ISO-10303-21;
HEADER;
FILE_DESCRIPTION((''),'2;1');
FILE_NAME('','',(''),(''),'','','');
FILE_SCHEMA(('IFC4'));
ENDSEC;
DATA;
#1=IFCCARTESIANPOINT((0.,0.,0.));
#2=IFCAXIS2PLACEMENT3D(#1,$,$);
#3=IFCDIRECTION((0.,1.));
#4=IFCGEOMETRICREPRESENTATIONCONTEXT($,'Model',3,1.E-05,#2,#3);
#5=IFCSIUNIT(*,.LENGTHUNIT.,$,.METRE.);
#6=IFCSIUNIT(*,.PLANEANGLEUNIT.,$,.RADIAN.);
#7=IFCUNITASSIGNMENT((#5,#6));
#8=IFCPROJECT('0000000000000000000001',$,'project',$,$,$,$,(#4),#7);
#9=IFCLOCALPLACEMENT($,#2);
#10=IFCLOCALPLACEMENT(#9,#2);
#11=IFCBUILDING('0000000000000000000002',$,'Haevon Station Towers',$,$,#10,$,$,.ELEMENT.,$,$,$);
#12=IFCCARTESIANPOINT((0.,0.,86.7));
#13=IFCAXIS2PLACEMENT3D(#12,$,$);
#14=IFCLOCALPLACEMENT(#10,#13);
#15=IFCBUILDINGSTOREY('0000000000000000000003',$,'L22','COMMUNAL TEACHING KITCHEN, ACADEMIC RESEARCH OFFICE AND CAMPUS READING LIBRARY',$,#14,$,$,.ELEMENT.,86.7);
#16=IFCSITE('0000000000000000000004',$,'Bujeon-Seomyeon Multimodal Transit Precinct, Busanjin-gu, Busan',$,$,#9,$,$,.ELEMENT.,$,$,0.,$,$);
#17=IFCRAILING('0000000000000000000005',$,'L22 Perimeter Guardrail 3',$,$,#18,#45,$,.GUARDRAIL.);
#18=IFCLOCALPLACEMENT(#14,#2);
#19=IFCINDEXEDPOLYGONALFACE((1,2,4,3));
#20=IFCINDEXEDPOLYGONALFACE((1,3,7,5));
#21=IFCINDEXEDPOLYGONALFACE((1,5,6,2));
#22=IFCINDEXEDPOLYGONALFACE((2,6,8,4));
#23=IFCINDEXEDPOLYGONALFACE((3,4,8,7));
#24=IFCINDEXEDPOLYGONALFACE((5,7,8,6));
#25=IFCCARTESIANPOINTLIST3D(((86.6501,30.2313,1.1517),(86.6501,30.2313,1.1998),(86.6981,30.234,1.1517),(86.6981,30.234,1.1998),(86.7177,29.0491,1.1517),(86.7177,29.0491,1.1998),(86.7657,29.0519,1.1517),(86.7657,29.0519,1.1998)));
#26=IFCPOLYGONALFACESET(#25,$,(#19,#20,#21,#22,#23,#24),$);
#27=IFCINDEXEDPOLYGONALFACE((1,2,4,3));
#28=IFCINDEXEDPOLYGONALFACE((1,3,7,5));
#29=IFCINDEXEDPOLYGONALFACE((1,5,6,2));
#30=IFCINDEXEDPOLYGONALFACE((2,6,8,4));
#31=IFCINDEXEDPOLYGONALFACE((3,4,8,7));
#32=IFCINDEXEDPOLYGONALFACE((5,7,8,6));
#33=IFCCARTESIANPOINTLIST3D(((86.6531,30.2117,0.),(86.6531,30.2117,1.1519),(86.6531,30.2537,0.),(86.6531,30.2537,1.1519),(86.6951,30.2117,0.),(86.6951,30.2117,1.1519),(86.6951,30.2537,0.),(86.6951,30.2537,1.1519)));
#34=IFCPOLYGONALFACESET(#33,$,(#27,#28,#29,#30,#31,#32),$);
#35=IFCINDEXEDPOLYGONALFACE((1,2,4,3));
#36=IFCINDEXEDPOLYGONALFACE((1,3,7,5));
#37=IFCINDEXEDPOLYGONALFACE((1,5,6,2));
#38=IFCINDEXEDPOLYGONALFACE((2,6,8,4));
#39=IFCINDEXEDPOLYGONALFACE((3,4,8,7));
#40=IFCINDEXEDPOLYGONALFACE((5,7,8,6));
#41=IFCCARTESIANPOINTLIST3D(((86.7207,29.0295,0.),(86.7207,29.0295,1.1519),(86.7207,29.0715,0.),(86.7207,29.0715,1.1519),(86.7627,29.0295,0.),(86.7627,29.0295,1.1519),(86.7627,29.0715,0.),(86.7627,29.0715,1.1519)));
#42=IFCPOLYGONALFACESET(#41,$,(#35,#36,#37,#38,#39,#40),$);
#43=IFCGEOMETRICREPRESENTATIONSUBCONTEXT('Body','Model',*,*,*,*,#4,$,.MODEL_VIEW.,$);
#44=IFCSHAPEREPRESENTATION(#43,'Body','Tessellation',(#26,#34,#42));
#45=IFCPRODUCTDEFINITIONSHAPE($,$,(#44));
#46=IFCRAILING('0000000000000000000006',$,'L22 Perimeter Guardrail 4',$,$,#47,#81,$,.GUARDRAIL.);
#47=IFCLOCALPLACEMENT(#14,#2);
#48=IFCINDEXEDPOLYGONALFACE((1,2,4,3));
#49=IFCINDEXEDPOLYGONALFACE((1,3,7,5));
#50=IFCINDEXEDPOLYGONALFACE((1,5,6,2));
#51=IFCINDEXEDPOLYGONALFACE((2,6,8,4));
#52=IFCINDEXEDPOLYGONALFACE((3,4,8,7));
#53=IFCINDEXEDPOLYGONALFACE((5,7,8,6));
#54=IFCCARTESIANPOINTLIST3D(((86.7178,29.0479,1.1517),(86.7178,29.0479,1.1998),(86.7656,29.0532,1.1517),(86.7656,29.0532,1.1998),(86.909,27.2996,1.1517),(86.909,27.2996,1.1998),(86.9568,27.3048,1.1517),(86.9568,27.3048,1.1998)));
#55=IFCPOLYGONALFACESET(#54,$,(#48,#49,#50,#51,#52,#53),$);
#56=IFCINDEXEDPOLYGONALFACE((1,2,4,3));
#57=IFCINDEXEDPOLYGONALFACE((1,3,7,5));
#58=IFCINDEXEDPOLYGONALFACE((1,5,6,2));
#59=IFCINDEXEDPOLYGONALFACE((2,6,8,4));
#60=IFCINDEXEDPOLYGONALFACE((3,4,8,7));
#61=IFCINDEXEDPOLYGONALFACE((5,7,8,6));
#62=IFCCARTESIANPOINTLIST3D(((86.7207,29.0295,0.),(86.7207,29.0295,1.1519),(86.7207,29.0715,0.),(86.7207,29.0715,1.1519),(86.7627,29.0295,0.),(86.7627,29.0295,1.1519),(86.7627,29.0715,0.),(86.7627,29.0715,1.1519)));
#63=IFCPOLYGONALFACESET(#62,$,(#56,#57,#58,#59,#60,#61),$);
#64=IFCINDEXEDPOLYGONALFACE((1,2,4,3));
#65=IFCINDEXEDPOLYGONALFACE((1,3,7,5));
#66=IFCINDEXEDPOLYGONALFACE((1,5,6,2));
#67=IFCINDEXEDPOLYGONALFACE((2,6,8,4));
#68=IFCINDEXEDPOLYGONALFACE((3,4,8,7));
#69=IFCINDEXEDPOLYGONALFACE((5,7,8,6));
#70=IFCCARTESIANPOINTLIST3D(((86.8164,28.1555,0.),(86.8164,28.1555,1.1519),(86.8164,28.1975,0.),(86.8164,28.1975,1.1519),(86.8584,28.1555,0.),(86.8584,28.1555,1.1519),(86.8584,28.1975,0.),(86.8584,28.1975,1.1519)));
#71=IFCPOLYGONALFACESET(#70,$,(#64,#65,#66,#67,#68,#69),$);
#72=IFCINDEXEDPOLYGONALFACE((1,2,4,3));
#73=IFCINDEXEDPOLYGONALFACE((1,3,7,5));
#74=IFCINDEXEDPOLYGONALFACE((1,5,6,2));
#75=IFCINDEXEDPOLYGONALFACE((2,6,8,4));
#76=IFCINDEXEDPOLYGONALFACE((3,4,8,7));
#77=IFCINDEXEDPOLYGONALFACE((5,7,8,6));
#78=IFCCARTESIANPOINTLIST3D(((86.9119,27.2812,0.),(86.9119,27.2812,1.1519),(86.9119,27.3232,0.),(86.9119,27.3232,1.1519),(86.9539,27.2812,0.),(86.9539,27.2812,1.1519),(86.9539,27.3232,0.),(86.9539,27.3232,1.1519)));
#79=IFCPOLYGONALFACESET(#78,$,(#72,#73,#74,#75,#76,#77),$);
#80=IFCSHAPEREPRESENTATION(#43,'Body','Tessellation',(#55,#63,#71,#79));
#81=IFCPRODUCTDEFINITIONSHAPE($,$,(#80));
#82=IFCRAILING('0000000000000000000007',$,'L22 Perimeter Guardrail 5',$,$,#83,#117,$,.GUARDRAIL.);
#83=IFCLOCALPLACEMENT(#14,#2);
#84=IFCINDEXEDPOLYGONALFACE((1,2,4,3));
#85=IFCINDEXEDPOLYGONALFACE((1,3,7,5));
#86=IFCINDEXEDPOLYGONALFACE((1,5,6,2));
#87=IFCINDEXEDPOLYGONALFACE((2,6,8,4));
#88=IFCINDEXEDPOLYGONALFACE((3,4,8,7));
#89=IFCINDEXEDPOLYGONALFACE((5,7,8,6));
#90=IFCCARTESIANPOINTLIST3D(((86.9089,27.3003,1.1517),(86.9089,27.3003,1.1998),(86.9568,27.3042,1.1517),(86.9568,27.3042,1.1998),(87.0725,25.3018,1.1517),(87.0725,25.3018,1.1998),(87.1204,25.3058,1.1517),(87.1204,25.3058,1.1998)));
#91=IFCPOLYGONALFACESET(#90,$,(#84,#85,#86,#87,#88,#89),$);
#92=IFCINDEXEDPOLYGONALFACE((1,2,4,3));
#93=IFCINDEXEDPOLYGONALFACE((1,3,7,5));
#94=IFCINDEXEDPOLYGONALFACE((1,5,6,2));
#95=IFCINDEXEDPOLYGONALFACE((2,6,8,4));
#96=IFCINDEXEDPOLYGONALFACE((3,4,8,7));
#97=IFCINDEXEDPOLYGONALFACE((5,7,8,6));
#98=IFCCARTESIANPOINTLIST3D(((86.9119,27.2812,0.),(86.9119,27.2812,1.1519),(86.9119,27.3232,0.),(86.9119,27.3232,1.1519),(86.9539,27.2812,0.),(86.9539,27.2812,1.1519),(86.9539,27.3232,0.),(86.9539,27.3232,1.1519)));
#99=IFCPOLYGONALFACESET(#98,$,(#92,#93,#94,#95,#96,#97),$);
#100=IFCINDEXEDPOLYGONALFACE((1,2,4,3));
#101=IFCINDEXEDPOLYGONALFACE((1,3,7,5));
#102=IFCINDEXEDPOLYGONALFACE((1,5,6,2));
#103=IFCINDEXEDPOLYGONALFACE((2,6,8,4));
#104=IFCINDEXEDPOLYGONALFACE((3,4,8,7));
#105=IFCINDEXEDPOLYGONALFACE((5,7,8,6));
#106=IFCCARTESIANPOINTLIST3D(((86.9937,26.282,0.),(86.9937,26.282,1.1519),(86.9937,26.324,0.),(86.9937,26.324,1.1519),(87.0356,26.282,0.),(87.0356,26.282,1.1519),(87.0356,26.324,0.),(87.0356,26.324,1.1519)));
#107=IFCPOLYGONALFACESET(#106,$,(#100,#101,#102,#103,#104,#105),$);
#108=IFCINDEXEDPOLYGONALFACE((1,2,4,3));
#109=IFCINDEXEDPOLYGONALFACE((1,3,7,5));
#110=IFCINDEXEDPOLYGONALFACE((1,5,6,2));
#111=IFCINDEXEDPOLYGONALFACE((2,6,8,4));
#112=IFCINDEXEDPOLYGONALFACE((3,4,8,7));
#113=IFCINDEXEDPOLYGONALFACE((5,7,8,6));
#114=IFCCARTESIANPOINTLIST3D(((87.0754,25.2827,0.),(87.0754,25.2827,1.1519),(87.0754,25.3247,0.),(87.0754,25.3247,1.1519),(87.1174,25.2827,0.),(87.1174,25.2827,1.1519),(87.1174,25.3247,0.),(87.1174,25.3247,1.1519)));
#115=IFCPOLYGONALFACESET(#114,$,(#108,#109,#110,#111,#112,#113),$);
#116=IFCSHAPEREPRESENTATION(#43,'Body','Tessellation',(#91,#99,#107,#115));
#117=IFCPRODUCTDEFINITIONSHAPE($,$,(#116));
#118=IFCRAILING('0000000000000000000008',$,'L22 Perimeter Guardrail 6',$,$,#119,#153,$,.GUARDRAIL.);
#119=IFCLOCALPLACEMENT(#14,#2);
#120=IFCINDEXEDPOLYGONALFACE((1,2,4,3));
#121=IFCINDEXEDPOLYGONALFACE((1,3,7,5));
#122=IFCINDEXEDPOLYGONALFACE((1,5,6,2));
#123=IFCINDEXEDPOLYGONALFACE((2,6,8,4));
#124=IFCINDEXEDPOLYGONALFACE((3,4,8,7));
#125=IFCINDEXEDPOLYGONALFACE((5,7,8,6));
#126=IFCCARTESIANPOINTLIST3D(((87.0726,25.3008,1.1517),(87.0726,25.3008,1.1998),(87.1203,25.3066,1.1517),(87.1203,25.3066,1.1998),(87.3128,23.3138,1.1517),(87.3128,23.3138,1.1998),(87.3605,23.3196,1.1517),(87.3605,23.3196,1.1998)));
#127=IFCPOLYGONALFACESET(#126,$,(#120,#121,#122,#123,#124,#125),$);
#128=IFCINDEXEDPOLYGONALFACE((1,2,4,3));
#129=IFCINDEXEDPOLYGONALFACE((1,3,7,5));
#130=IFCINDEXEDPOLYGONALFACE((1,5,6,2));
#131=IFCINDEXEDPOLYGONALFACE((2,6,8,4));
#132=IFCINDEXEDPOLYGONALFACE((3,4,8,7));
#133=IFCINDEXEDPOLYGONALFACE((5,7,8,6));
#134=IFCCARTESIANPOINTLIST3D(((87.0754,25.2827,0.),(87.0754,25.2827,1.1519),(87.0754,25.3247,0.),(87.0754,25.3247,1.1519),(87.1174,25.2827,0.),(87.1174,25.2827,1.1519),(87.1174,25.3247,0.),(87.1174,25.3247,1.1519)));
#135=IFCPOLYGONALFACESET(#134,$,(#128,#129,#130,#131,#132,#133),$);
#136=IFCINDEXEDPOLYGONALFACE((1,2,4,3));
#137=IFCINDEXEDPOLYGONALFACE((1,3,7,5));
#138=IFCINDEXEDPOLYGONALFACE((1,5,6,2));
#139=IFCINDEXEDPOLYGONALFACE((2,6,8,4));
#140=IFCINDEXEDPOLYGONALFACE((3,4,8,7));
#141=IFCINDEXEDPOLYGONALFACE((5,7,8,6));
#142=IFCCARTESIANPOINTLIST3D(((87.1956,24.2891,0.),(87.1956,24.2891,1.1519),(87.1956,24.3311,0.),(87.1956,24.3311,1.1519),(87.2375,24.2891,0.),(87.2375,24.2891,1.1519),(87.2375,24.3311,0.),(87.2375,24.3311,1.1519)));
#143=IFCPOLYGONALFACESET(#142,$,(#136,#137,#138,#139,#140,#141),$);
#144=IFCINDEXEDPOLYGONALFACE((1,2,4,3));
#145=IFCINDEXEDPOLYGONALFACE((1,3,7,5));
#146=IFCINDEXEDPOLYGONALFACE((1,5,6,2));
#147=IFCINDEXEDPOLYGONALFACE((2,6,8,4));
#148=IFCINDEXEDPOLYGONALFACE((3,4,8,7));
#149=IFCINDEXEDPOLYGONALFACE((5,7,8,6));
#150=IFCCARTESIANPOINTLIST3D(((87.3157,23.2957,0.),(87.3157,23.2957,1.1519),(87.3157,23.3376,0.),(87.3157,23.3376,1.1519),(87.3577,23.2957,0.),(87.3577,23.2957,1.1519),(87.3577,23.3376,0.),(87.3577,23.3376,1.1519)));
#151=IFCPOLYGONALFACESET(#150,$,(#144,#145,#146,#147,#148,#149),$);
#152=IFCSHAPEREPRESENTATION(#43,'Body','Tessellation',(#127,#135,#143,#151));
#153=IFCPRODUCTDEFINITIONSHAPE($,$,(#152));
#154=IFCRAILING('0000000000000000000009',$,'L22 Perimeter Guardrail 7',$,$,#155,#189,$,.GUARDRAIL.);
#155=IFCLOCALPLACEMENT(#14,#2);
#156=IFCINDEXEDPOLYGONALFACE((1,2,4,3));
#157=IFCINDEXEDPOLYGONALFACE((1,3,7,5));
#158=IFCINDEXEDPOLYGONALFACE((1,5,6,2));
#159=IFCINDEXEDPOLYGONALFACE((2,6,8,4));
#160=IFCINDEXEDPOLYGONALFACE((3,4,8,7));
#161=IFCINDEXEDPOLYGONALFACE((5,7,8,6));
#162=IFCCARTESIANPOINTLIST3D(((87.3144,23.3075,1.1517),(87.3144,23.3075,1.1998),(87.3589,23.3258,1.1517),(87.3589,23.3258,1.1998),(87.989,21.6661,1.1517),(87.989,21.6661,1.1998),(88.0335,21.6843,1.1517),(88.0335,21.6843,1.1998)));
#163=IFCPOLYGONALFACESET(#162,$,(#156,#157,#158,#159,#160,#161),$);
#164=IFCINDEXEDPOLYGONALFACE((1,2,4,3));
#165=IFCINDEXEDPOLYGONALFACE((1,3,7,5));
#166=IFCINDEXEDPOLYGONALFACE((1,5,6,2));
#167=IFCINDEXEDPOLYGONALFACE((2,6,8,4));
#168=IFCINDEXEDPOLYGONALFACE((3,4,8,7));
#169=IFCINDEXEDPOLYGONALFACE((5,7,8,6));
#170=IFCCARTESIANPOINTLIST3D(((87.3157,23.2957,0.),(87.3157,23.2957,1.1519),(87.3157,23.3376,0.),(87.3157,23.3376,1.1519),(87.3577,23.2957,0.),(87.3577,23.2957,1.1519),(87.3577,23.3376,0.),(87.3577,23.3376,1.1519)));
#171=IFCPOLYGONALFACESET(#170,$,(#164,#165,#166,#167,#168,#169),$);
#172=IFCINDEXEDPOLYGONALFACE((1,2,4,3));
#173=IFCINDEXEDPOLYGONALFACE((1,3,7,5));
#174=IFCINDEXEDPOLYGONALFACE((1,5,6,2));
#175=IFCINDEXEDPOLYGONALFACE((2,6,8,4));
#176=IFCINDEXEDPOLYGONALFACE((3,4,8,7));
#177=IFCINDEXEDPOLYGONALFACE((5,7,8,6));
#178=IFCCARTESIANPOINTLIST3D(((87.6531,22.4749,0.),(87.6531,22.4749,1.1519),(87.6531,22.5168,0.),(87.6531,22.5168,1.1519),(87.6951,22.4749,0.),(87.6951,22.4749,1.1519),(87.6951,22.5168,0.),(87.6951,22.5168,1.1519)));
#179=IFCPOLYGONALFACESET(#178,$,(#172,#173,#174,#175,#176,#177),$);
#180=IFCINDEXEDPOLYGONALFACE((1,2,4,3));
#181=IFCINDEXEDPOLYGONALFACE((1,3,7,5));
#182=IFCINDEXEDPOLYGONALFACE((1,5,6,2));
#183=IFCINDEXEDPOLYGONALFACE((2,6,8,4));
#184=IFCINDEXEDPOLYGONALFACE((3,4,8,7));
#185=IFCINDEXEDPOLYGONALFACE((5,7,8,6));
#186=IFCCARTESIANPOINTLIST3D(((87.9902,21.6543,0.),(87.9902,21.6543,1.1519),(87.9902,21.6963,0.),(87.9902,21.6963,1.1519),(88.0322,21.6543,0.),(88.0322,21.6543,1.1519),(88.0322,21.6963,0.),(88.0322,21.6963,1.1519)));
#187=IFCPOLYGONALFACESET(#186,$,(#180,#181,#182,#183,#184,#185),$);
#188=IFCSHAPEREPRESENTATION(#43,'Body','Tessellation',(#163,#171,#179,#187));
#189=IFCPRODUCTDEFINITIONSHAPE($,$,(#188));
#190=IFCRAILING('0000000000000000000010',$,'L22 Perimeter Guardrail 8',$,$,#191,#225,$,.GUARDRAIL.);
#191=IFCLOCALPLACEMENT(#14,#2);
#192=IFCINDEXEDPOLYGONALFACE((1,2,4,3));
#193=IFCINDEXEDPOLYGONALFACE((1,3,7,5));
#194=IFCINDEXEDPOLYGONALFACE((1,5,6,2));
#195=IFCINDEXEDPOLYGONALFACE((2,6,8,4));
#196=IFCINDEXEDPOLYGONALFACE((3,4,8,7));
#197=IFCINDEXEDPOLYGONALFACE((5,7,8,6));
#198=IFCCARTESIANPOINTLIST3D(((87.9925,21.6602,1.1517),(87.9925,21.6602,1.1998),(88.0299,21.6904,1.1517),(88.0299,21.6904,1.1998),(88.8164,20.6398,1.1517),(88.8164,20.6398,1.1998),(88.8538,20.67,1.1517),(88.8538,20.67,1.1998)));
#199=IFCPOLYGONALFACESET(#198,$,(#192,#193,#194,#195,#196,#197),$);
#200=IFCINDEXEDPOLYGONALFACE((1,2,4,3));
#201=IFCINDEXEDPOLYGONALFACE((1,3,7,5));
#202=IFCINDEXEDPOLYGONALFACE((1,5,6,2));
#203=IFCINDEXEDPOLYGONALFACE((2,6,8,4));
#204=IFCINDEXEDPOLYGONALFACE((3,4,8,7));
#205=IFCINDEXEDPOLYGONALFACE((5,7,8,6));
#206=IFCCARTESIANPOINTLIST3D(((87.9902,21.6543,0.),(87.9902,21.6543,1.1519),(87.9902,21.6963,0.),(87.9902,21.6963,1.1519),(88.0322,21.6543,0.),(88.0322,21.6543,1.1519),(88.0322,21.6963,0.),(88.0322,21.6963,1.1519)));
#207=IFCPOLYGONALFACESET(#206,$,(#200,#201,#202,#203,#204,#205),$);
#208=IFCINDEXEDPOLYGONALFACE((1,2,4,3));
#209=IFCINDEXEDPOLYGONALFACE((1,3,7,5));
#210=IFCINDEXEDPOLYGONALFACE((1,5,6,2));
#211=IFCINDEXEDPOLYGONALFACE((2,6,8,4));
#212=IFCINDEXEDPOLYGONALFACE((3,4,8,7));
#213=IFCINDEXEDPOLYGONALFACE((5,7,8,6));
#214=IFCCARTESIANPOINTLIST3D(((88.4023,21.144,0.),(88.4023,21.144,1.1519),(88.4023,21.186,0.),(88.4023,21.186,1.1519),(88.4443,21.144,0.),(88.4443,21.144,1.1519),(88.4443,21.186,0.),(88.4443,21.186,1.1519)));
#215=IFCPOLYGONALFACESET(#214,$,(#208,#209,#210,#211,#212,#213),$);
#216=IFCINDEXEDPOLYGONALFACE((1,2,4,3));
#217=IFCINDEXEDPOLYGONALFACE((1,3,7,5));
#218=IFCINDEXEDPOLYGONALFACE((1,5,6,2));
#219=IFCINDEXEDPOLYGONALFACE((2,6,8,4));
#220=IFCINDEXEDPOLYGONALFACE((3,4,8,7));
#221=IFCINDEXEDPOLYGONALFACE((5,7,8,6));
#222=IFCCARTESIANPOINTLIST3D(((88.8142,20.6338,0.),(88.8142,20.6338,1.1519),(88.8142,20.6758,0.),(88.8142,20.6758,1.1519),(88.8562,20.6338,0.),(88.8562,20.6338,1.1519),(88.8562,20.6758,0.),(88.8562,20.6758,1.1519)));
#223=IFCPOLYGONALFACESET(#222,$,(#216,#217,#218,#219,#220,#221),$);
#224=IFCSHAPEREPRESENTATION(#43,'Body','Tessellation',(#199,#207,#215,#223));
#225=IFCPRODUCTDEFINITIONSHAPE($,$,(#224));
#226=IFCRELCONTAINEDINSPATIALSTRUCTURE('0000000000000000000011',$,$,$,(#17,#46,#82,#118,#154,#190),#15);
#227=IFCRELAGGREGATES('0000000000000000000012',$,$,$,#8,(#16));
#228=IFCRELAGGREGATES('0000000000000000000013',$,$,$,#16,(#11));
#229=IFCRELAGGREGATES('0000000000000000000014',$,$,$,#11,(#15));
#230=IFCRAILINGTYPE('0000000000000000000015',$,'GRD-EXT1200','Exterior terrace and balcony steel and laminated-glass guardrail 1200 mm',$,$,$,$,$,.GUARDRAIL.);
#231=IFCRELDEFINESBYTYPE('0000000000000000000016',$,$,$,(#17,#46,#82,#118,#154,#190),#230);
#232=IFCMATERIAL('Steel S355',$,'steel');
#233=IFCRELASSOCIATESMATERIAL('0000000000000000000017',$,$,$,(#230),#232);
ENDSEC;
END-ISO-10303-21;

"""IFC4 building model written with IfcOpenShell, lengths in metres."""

from ifc_helpers import new_model, si_unit, direction, frame, origin, origin_2d, place, context, subcontext, project, spatial, rectangle, extrude, material, type_object, element, save


model = new_model("IFC4")

# Units and contexts
model_context = context("Model", 3, precision=1e-05, world=origin(), true_north=direction((0.0, 1.0)))
body_context = subcontext(model_context, "Body", "Model", "MODEL_VIEW")
ifc_project = project(units=[si_unit("LENGTHUNIT", "METRE"), si_unit("PLANEANGLEUNIT", "RADIAN")], contexts=[model_context])

# Site, building, storey
site_placement = place(None, origin())
site = spatial("IfcSite", under=ifc_project, at=site_placement, Name="Bujeon-Seomyeon Multimodal Transit Precinct, Busanjin-gu, Busan", CompositionType="ELEMENT", RefElevation=0.0)
building_placement = place(site_placement, origin())
building = spatial("IfcBuilding", under=site, at=building_placement, Name="Haevon Station Towers", CompositionType="ELEMENT")
storey_placement = place(building_placement, frame((0.0, 0.0, 86.7)))
storey = spatial("IfcBuildingStorey", under=building, at=storey_placement, Name="L22", Description="COMMUNAL TEACHING KITCHEN, ACADEMIC RESEARCH OFFICE AND CAMPUS READING LIBRARY", CompositionType="ELEMENT", Elevation=86.7)

# Shared definitions
ifc_material_1 = material(Name="Steel S355", Category="steel")

# Railings
railing_type = type_object("IfcRailingType", Name="GRD-EXT1200", Description="Exterior terrace and balcony steel and laminated-glass guardrail 1200 mm", PredefinedType="GUARDRAIL", material=ifc_material_1)
railing_1_placement = place(storey_placement, frame((86.6741, 30.2327, 0.0)))
element("IfcRailing", 1, at=railing_1_placement, inside=storey, type_object=railing_type, Name="L22 Perimeter Guardrail 3", PredefinedType="GUARDRAIL", context=body_context, shape_type="SweptSolid", body=[
    extrude(rectangle(XDim=0.0481, YDim=0.0481, at=origin_2d()), frame((0.0, 0.0, 1.1758), z_axis=(0.057114, -0.998368, 0.0), x_axis=(0.998368, 0.057114, 0.0)), (0.0, 0.0, 1.0), 1.1841),
    extrude(rectangle(XDim=0.042, YDim=0.042, at=origin_2d()), origin(), (0.0, 0.0, 1.0), 1.1519),
    extrude(rectangle(XDim=0.042, YDim=0.042, at=origin_2d()), frame((0.0676, -1.1821, 0.0)), (0.0, 0.0, 1.0), 1.1519),
])
railing_2_placement = place(storey_placement, frame((86.7417, 29.0505, 0.0)))
element("IfcRailing", 2, at=railing_2_placement, inside=storey, type_object=railing_type, Name="L22 Perimeter Guardrail 4", PredefinedType="GUARDRAIL", context=body_context, shape_type="SweptSolid", body=[
    extrude(rectangle(XDim=0.0481, YDim=0.0481, at=origin_2d()), frame((0.0, 0.0, 1.1758), z_axis=(0.108694, -0.994075, 0.0), x_axis=(0.994075, 0.108694, 0.0)), (0.0, 0.0, 1.0), 1.7588),
    extrude(rectangle(XDim=0.042, YDim=0.042, at=origin_2d()), origin(), (0.0, 0.0, 1.0), 1.1519),
    extrude(rectangle(XDim=0.042, YDim=0.042, at=origin_2d()), frame((0.0957, -0.874, 0.0)), (0.0, 0.0, 1.0), 1.1519),
    extrude(rectangle(XDim=0.042, YDim=0.042, at=origin_2d()), frame((0.1912, -1.7483, 0.0)), (0.0, 0.0, 1.0), 1.1519),
])
railing_3_placement = place(storey_placement, frame((86.9329, 27.3022, 0.0)))
element("IfcRailing", 3, at=railing_3_placement, inside=storey, type_object=railing_type, Name="L22 Perimeter Guardrail 5", PredefinedType="GUARDRAIL", context=body_context, shape_type="SweptSolid", body=[
    extrude(rectangle(XDim=0.0481, YDim=0.0481, at=origin_2d()), frame((0.0, 0.0, 1.1758), z_axis=(0.081574, -0.996667, 0.0), x_axis=(0.996667, 0.081574, 0.0)), (0.0, 0.0, 1.0), 2.0051),
    extrude(rectangle(XDim=0.042, YDim=0.042, at=origin_2d()), origin(), (0.0, 0.0, 1.0), 1.1519),
    extrude(rectangle(XDim=0.042, YDim=0.042, at=origin_2d()), frame((0.0818, -0.9993, 0.0)), (0.0, 0.0, 1.0), 1.1519),
    extrude(rectangle(XDim=0.042, YDim=0.042, at=origin_2d()), frame((0.1636, -1.9985, 0.0)), (0.0, 0.0, 1.0), 1.1519),
])
railing_4_placement = place(storey_placement, frame((87.0964, 25.3037, 0.0)))
element("IfcRailing", 4, at=railing_4_placement, inside=storey, type_object=railing_type, Name="L22 Perimeter Guardrail 6", PredefinedType="GUARDRAIL", context=body_context, shape_type="SweptSolid", body=[
    extrude(rectangle(XDim=0.0481, YDim=0.0481, at=origin_2d()), frame((0.0, 0.0, 1.1758), z_axis=(0.120025, -0.992771, 0.0), x_axis=(0.992771, 0.120025, 0.0)), (0.0, 0.0, 1.0), 2.0015),
    extrude(rectangle(XDim=0.042, YDim=0.042, at=origin_2d()), origin(), (0.0, 0.0, 1.0), 1.1519),
    extrude(rectangle(XDim=0.042, YDim=0.042, at=origin_2d()), frame((0.1201, -0.9937, 0.0)), (0.0, 0.0, 1.0), 1.1519),
    extrude(rectangle(XDim=0.042, YDim=0.042, at=origin_2d()), frame((0.2402, -1.9871, 0.0)), (0.0, 0.0, 1.0), 1.1519),
])
railing_5_placement = place(storey_placement, frame((87.3367, 23.3167, 0.0)))
element("IfcRailing", 5, at=railing_5_placement, inside=storey, type_object=railing_type, Name="L22 Perimeter Guardrail 7", PredefinedType="GUARDRAIL", context=body_context, shape_type="SweptSolid", body=[
    extrude(rectangle(XDim=0.0481, YDim=0.0481, at=origin_2d()), frame((0.0, 0.0, 1.1758), z_axis=(0.380127, -0.924934, 0.0), x_axis=(0.924934, 0.380127, 0.0)), (0.0, 0.0, 1.0), 1.7747),
    extrude(rectangle(XDim=0.042, YDim=0.042, at=origin_2d()), origin(), (0.0, 0.0, 1.0), 1.1519),
    extrude(rectangle(XDim=0.042, YDim=0.042, at=origin_2d()), frame((0.3374, -0.8208, 0.0)), (0.0, 0.0, 1.0), 1.1519),
    extrude(rectangle(XDim=0.042, YDim=0.042, at=origin_2d()), frame((0.6746, -1.6414, 0.0)), (0.0, 0.0, 1.0), 1.1519),
])
railing_6_placement = place(storey_placement, frame((88.0112, 21.6753, 0.0)))
element("IfcRailing", 6, at=railing_6_placement, inside=storey, type_object=railing_type, Name="L22 Perimeter Guardrail 8", PredefinedType="GUARDRAIL", context=body_context, shape_type="SweptSolid", body=[
    extrude(rectangle(XDim=0.0481, YDim=0.0481, at=origin_2d()), frame((0.0, 0.0, 1.1758), z_axis=(0.628207, -0.778046, 0.0), x_axis=(0.778046, 0.628207, 0.0)), (0.0, 0.0, 1.0), 1.3115),
    extrude(rectangle(XDim=0.042, YDim=0.042, at=origin_2d()), origin(), (0.0, 0.0, 1.0), 1.1519),
    extrude(rectangle(XDim=0.042, YDim=0.042, at=origin_2d()), frame((0.4121, -0.5103, 0.0)), (0.0, 0.0, 1.0), 1.1519),
    extrude(rectangle(XDim=0.042, YDim=0.042, at=origin_2d()), frame((0.824, -1.0205, 0.0)), (0.0, 0.0, 1.0), 1.1519),
])

save(model, "model.ifc")
